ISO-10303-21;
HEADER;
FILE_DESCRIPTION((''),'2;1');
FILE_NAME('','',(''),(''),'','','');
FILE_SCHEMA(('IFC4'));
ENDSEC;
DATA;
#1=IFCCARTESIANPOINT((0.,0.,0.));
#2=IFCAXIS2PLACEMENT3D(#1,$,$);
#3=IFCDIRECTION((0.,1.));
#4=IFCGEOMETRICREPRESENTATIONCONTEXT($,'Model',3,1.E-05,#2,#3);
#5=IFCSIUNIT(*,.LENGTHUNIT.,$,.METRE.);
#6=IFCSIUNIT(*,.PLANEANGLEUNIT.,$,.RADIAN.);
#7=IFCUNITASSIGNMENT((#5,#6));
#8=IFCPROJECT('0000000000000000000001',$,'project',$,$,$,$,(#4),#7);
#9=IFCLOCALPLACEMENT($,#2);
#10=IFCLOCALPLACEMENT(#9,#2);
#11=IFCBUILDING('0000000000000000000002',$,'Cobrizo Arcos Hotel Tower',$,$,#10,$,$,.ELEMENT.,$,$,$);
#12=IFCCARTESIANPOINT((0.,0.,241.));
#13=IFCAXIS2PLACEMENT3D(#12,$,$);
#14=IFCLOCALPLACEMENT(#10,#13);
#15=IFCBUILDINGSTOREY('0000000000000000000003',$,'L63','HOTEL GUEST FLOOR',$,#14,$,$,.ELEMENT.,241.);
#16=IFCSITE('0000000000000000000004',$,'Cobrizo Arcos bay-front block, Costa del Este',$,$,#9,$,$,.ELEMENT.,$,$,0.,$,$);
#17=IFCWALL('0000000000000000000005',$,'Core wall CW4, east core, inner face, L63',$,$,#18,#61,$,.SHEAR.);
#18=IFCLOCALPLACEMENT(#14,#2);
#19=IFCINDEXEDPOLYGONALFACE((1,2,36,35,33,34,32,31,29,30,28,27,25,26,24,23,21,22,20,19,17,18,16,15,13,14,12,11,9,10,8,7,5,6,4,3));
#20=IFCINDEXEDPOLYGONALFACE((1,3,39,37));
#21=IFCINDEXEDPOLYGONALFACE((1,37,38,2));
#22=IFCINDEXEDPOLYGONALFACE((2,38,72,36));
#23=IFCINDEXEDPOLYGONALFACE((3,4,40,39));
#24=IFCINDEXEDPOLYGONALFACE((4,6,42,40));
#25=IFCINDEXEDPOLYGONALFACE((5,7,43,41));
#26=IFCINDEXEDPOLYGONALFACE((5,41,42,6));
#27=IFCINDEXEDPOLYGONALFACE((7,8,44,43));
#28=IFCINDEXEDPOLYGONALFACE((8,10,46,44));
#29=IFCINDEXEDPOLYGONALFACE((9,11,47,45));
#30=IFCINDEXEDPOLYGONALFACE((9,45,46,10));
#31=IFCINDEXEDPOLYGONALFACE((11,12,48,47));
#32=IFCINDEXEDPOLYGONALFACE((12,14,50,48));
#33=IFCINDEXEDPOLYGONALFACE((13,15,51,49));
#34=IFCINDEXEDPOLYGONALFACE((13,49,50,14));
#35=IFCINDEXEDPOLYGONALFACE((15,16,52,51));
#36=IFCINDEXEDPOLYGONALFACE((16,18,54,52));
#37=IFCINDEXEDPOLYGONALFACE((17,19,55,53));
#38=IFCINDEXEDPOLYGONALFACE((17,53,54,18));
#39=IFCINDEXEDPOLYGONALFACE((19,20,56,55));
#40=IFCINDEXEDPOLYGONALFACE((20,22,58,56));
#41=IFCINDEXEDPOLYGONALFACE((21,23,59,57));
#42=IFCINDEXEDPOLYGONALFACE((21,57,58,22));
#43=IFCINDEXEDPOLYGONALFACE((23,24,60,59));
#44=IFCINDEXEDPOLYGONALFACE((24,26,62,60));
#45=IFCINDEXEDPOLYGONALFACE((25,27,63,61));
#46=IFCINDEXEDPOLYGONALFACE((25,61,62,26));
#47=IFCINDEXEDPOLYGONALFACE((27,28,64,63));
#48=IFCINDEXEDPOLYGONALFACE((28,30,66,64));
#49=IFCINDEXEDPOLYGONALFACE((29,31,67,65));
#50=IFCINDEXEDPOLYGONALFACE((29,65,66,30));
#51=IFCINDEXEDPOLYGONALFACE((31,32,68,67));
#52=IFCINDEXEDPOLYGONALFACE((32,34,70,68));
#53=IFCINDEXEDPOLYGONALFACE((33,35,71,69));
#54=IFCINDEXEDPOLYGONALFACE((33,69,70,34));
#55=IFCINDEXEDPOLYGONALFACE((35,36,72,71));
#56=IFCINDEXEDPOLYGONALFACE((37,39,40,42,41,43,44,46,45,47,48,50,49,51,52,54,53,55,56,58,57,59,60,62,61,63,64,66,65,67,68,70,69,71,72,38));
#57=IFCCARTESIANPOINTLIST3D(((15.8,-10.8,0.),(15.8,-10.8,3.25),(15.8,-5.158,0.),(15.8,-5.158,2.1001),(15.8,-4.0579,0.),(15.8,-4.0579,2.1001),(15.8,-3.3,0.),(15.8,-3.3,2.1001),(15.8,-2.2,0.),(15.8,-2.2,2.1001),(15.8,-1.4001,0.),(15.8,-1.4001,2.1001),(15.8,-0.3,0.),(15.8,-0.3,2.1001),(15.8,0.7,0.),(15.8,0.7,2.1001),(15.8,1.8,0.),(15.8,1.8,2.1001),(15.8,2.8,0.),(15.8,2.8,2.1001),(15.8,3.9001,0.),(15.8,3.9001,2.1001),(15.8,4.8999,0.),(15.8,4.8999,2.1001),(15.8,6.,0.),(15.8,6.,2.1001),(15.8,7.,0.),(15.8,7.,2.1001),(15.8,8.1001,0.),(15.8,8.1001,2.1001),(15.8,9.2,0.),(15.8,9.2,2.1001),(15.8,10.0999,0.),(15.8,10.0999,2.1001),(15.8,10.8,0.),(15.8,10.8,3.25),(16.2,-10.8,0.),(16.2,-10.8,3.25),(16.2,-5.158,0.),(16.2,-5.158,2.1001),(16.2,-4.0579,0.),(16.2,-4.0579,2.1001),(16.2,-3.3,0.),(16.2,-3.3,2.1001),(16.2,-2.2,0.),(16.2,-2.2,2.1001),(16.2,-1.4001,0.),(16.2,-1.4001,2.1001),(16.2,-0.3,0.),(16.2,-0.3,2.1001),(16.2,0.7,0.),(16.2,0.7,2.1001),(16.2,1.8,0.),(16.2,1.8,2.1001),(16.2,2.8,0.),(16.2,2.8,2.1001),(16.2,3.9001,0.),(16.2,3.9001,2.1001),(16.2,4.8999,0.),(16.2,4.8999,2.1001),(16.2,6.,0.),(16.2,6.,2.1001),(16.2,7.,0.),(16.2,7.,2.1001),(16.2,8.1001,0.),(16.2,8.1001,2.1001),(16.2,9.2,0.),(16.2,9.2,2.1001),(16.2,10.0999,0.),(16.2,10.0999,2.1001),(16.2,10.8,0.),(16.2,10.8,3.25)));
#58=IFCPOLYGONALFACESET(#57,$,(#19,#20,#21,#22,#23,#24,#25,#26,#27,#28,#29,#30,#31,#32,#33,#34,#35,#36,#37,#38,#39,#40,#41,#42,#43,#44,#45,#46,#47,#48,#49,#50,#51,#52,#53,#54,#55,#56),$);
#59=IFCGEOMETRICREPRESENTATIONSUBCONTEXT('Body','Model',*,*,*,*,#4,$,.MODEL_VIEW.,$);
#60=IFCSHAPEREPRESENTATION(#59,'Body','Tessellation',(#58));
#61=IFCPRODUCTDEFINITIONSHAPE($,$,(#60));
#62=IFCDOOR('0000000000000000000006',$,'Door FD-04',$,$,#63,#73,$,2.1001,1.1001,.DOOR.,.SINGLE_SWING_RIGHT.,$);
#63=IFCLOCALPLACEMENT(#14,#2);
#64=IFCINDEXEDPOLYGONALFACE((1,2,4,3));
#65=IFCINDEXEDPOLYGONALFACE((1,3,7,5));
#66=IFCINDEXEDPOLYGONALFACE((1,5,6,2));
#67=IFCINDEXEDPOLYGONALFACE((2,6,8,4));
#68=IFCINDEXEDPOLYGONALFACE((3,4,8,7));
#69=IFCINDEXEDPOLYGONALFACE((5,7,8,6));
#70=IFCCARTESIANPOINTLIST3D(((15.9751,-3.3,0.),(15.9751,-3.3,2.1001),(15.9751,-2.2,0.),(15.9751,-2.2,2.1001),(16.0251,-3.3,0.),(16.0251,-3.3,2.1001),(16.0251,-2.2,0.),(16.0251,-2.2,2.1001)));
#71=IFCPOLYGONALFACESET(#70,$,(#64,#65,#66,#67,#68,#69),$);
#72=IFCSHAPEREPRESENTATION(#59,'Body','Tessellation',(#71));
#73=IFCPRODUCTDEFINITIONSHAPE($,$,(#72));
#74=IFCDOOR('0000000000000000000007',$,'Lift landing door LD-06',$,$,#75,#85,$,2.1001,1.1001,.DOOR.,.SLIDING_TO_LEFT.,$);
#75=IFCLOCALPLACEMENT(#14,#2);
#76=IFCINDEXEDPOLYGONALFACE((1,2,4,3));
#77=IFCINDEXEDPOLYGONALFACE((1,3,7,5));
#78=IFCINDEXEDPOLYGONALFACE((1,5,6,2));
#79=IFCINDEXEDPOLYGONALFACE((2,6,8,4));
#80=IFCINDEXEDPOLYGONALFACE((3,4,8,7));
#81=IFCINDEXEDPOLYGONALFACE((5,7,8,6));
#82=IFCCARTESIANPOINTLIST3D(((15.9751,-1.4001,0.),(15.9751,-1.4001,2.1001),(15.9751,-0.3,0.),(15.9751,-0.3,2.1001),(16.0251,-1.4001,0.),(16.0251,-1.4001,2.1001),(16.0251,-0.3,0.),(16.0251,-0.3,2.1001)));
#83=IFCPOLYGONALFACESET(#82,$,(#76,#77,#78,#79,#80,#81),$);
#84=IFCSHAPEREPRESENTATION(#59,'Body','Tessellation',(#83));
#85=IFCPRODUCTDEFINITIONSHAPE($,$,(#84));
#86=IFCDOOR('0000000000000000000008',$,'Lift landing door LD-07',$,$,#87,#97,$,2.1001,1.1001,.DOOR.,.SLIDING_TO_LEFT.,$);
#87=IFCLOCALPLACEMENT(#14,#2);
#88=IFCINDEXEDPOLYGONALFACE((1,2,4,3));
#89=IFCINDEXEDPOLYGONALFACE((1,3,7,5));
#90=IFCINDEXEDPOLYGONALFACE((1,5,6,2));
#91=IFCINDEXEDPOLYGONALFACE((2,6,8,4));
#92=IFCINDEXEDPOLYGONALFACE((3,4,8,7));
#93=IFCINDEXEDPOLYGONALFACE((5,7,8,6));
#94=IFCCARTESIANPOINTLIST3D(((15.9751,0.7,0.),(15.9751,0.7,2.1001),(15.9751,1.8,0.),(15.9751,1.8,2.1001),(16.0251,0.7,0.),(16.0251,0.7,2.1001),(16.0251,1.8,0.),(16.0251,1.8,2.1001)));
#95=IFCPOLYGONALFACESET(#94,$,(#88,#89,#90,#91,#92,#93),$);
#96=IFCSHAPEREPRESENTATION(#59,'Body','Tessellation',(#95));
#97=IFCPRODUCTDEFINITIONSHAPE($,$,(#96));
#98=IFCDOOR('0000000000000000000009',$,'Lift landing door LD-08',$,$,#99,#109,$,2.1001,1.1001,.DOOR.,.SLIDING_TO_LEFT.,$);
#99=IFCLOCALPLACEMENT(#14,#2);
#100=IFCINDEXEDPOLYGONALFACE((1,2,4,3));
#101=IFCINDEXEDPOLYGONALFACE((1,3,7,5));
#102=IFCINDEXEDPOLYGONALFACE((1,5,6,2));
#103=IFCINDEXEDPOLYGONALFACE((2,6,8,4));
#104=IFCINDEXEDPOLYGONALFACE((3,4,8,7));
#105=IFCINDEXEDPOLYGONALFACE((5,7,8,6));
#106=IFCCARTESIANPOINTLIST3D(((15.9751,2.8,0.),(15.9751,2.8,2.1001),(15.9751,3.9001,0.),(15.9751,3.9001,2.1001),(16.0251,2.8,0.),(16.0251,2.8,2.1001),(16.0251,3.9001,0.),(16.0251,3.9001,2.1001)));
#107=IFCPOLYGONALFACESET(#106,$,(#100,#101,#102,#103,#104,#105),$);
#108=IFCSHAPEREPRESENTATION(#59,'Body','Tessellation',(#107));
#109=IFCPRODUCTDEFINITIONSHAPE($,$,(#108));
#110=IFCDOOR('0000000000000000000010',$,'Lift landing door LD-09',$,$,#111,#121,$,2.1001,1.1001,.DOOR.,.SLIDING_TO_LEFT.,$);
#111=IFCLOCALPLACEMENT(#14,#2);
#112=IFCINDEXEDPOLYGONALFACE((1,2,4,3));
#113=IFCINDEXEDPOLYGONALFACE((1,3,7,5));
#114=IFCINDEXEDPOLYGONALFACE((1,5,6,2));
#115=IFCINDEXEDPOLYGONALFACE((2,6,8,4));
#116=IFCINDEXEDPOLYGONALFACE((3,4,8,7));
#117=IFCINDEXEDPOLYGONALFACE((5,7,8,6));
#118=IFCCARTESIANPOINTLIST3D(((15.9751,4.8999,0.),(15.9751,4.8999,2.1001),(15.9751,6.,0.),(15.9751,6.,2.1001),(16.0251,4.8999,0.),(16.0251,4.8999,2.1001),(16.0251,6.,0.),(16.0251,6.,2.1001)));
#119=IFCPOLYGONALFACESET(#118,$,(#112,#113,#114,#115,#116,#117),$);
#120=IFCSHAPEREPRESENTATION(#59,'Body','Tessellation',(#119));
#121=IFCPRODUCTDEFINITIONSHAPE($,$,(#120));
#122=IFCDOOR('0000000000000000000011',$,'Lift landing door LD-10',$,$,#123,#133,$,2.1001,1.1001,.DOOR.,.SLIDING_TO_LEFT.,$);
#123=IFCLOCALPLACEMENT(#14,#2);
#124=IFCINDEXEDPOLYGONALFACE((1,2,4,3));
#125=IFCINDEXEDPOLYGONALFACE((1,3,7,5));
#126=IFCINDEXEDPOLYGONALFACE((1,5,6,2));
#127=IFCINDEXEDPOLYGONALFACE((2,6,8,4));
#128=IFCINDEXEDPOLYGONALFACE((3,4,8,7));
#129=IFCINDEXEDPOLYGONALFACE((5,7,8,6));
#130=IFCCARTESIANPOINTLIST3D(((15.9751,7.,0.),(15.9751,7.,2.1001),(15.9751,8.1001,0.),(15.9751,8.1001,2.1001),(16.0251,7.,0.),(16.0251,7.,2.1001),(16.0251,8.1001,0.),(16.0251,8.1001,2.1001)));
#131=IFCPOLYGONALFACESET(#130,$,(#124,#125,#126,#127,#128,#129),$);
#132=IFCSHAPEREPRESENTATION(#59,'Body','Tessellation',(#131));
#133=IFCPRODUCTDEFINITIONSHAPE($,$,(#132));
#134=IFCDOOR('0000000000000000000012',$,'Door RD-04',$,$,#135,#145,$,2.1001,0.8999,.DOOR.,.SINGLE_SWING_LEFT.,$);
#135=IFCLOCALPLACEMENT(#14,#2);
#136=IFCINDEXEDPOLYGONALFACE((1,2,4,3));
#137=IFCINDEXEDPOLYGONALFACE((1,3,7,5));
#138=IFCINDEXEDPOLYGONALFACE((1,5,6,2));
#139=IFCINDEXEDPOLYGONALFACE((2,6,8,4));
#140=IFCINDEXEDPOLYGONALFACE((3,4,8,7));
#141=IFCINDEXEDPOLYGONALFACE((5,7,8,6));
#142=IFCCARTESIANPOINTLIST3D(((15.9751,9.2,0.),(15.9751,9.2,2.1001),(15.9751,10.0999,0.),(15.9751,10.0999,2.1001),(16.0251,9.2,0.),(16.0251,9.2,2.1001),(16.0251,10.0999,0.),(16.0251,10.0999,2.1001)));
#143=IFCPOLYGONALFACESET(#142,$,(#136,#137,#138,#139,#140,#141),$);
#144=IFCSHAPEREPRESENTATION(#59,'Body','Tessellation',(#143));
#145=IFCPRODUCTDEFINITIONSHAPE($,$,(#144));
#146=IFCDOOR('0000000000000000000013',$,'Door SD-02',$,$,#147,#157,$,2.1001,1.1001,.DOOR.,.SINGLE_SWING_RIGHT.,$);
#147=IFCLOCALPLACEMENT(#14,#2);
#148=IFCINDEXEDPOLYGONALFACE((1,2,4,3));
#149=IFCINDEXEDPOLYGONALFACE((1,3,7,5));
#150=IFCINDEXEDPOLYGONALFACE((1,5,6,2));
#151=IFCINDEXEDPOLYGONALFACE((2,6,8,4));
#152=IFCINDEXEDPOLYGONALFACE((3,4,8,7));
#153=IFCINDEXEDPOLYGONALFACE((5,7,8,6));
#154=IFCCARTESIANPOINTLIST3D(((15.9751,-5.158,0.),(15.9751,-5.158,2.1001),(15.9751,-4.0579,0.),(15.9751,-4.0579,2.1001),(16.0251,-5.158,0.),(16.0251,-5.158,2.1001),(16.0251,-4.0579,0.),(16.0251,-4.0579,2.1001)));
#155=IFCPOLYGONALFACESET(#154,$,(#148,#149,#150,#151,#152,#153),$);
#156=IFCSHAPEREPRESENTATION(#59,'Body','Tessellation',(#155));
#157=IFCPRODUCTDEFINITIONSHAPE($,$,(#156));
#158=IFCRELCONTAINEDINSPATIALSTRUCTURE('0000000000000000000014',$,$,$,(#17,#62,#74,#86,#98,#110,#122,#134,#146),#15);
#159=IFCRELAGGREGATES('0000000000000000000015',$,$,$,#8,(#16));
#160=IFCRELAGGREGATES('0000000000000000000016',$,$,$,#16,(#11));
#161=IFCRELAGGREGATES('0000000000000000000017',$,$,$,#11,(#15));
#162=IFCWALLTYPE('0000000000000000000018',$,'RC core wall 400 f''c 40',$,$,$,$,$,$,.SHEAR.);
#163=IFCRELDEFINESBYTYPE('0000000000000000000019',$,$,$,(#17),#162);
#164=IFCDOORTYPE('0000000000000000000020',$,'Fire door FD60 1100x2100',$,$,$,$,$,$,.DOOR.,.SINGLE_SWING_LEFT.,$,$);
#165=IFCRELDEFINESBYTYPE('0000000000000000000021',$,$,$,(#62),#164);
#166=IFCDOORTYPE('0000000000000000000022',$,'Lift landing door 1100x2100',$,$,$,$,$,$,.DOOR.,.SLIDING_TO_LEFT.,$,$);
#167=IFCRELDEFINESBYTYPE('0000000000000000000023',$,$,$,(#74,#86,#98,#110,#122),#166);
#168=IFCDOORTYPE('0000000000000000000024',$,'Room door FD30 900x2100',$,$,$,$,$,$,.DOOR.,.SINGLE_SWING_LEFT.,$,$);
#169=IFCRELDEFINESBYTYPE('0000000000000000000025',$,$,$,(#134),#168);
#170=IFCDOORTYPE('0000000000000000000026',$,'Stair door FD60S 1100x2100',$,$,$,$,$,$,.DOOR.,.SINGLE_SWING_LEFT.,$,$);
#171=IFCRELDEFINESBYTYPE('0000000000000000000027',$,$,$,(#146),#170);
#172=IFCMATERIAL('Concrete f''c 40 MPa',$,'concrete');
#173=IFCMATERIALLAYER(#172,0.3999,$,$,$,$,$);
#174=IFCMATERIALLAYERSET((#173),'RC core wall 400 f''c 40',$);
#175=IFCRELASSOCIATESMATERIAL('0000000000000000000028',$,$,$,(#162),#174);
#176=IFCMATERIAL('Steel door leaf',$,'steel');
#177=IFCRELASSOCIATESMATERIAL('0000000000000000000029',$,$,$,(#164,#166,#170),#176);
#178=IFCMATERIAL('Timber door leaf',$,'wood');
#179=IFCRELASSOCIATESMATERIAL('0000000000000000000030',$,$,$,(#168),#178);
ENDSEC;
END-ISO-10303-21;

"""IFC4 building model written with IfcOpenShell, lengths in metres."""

from ifc_helpers import new_model, si_unit, direction, frame, frame_2d, origin, place, context, subcontext, project, spatial, rectangle, extrude, material, layer, layer_set, type_object, element, fill, save


model = new_model("IFC4")

# Units and contexts
model_context = context("Model", 3, precision=1e-05, world=origin(), true_north=direction((0.0, 1.0)))
body_context = subcontext(model_context, "Body", "Model", "MODEL_VIEW")
ifc_project = project(units=[si_unit("LENGTHUNIT", "METRE"), si_unit("PLANEANGLEUNIT", "RADIAN")], contexts=[model_context])

# Site, building, storey
site_placement = place(None, origin())
site = spatial("IfcSite", under=ifc_project, at=site_placement, Name="Cobrizo Arcos bay-front block, Costa del Este", CompositionType="ELEMENT", RefElevation=0.0)
building_placement = place(site_placement, origin())
building = spatial("IfcBuilding", under=site, at=building_placement, Name="Cobrizo Arcos Hotel Tower", CompositionType="ELEMENT")
storey_placement = place(building_placement, frame((0.0, 0.0, 241.0)))
storey = spatial("IfcBuildingStorey", under=building, at=storey_placement, Name="L63", Description="HOTEL GUEST FLOOR", CompositionType="ELEMENT", Elevation=241.0)

# Wall, openings, doors
ifc_material_1 = material(Name="Concrete f'c 40 MPa", Category="concrete")
ifc_layer_1 = layer(ifc_material_1, 0.3999)
ifc_layer_set_1 = layer_set([ifc_layer_1], Name="RC core wall 400 f'c 40")
wall_type_1 = type_object("IfcWallType", Name="RC core wall 400 f'c 40", PredefinedType="SHEAR", material=ifc_layer_set_1)
wall_1_placement = place(storey_placement, frame((16.0, -10.8, 0.0), z_axis=(0.0, 0.0, 1.0), x_axis=(0.0, 1.0, 0.0)))
wall_1 = element("IfcWall", 1, at=wall_1_placement, inside=storey, type_object=wall_type_1, Name="Core wall CW4, east core, inner face, L63", PredefinedType="SHEAR", context=body_context, shape_type="SweptSolid", body=[
    extrude(rectangle(XDim=21.6001, YDim=0.3999, at=frame_2d((10.8, 0.0))), origin(), (0.0, 0.0, 1.0), 3.25),
])
opening_1_placement = place(wall_1_placement, frame((9.3999, 0.0, 0.0)))
opening_1 = element("IfcOpeningElement", 2, at=opening_1_placement, cuts=wall_1, PredefinedType="OPENING", context=body_context, shape_type="SweptSolid", body=[
    extrude(rectangle(XDim=1.1001, YDim=2.1001, at=frame_2d((0.55, 1.05))), frame((0.0, 0.2119, 0.0), z_axis=(0.0, -1.0, 0.0), x_axis=(1.0, 0.0, 0.0)), (0.0, 0.0, 1.0), 0.4238),
])
opening_2_placement = place(wall_1_placement, frame((11.5, 0.0, 0.0)))
opening_2 = element("IfcOpeningElement", 3, at=opening_2_placement, cuts=wall_1, PredefinedType="OPENING", context=body_context, shape_type="SweptSolid", body=[
    extrude(rectangle(XDim=1.1001, YDim=2.1001, at=frame_2d((0.55, 1.05))), frame((0.0, 0.2119, 0.0), z_axis=(0.0, -1.0, 0.0), x_axis=(1.0, 0.0, 0.0)), (0.0, 0.0, 1.0), 0.4238),
])
opening_3_placement = place(wall_1_placement, frame((13.6001, 0.0, 0.0)))
opening_3 = element("IfcOpeningElement", 4, at=opening_3_placement, cuts=wall_1, PredefinedType="OPENING", context=body_context, shape_type="SweptSolid", body=[
    extrude(rectangle(XDim=1.1001, YDim=2.1001, at=frame_2d((0.55, 1.05))), frame((0.0, 0.2119, 0.0), z_axis=(0.0, -1.0, 0.0), x_axis=(1.0, 0.0, 0.0)), (0.0, 0.0, 1.0), 0.4238),
])
opening_4_placement = place(wall_1_placement, frame((15.7, 0.0, 0.0)))
opening_4 = element("IfcOpeningElement", 5, at=opening_4_placement, cuts=wall_1, PredefinedType="OPENING", context=body_context, shape_type="SweptSolid", body=[
    extrude(rectangle(XDim=1.1001, YDim=2.1001, at=frame_2d((0.55, 1.05))), frame((0.0, 0.2119, 0.0), z_axis=(0.0, -1.0, 0.0), x_axis=(1.0, 0.0, 0.0)), (0.0, 0.0, 1.0), 0.4238),
])
opening_5_placement = place(wall_1_placement, frame((17.8, 0.0, 0.0)))
opening_5 = element("IfcOpeningElement", 6, at=opening_5_placement, cuts=wall_1, PredefinedType="OPENING", context=body_context, shape_type="SweptSolid", body=[
    extrude(rectangle(XDim=1.1001, YDim=2.1001, at=frame_2d((0.55, 1.05))), frame((0.0, 0.2119, 0.0), z_axis=(0.0, -1.0, 0.0), x_axis=(1.0, 0.0, 0.0)), (0.0, 0.0, 1.0), 0.4238),
])
opening_6_placement = place(wall_1_placement, frame((5.6421, 0.0, 0.0)))
opening_6 = element("IfcOpeningElement", 7, at=opening_6_placement, cuts=wall_1, PredefinedType="OPENING", context=body_context, shape_type="SweptSolid", body=[
    extrude(rectangle(XDim=1.1001, YDim=2.1001, at=frame_2d((0.55, 1.05))), frame((0.0, 0.2119, 0.0), z_axis=(0.0, -1.0, 0.0), x_axis=(1.0, 0.0, 0.0)), (0.0, 0.0, 1.0), 0.4238),
])
opening_7_placement = place(wall_1_placement, frame((7.5, 0.0, 0.0)))
opening_7 = element("IfcOpeningElement", 8, at=opening_7_placement, cuts=wall_1, PredefinedType="OPENING", context=body_context, shape_type="SweptSolid", body=[
    extrude(rectangle(XDim=1.1001, YDim=2.1001, at=frame_2d((0.55, 1.05))), frame((0.0, 0.2119, 0.0), z_axis=(0.0, -1.0, 0.0), x_axis=(1.0, 0.0, 0.0)), (0.0, 0.0, 1.0), 0.4238),
])
opening_8_placement = place(wall_1_placement, frame((20.0, 0.0, 0.0)))
opening_8 = element("IfcOpeningElement", 9, at=opening_8_placement, cuts=wall_1, PredefinedType="OPENING", context=body_context, shape_type="SweptSolid", body=[
    extrude(rectangle(XDim=0.8999, YDim=2.1001, at=frame_2d((0.45, 1.05))), frame((0.0, 0.2119, 0.0), z_axis=(0.0, -1.0, 0.0), x_axis=(1.0, 0.0, 0.0)), (0.0, 0.0, 1.0), 0.4238),
])
ifc_material_2 = material(Name="Steel door leaf", Category="steel")
door_type_1 = type_object("IfcDoorType", Name="Fire door FD60 1100x2100", OperationType="SINGLE_SWING_LEFT", PredefinedType="DOOR", material=ifc_material_2)
door_1_placement = place(opening_7_placement, origin())
door_1 = element("IfcDoor", 10, at=door_1_placement, inside=storey, type_object=door_type_1, Name="Door FD-04", OperationType="SINGLE_SWING_RIGHT", OverallHeight=2.1001, OverallWidth=1.1001, PredefinedType="DOOR", context=body_context, shape_type="SweptSolid", body=[
    extrude(rectangle(XDim=1.1001, YDim=2.1001, at=frame_2d((0.55, 1.05))), frame((0.0, 0.0249, 0.0), z_axis=(0.0, -1.0, 0.0), x_axis=(1.0, 0.0, 0.0)), (0.0, 0.0, 1.0), 0.05),
])
fill(opening_7, door_1)
door_type_2 = type_object("IfcDoorType", Name="Lift landing door 1100x2100", OperationType="SLIDING_TO_LEFT", PredefinedType="DOOR", material=ifc_material_2)
door_2_placement = place(opening_1_placement, origin())
door_2 = element("IfcDoor", 11, at=door_2_placement, inside=storey, type_object=door_type_2, Name="Lift landing door LD-06", OperationType="SLIDING_TO_LEFT", OverallHeight=2.1001, OverallWidth=1.1001, PredefinedType="DOOR", context=body_context, shape_type="SweptSolid", body=[
    extrude(rectangle(XDim=1.1001, YDim=2.1001, at=frame_2d((0.55, 1.05))), frame((0.0, 0.0249, 0.0), z_axis=(0.0, -1.0, 0.0), x_axis=(1.0, 0.0, 0.0)), (0.0, 0.0, 1.0), 0.05),
])
fill(opening_1, door_2)
door_3_placement = place(opening_2_placement, origin())
door_3 = element("IfcDoor", 12, at=door_3_placement, inside=storey, type_object=door_type_2, Name="Lift landing door LD-07", OperationType="SLIDING_TO_LEFT", OverallHeight=2.1001, OverallWidth=1.1001, PredefinedType="DOOR", context=body_context, shape_type="SweptSolid", body=[
    extrude(rectangle(XDim=1.1001, YDim=2.1001, at=frame_2d((0.55, 1.05))), frame((0.0, 0.0249, 0.0), z_axis=(0.0, -1.0, 0.0), x_axis=(1.0, 0.0, 0.0)), (0.0, 0.0, 1.0), 0.05),
])
fill(opening_2, door_3)
door_4_placement = place(opening_3_placement, origin())
door_4 = element("IfcDoor", 13, at=door_4_placement, inside=storey, type_object=door_type_2, Name="Lift landing door LD-08", OperationType="SLIDING_TO_LEFT", OverallHeight=2.1001, OverallWidth=1.1001, PredefinedType="DOOR", context=body_context, shape_type="SweptSolid", body=[
    extrude(rectangle(XDim=1.1001, YDim=2.1001, at=frame_2d((0.55, 1.05))), frame((0.0, 0.0249, 0.0), z_axis=(0.0, -1.0, 0.0), x_axis=(1.0, 0.0, 0.0)), (0.0, 0.0, 1.0), 0.05),
])
fill(opening_3, door_4)
door_5_placement = place(opening_4_placement, origin())
door_5 = element("IfcDoor", 14, at=door_5_placement, inside=storey, type_object=door_type_2, Name="Lift landing door LD-09", OperationType="SLIDING_TO_LEFT", OverallHeight=2.1001, OverallWidth=1.1001, PredefinedType="DOOR", context=body_context, shape_type="SweptSolid", body=[
    extrude(rectangle(XDim=1.1001, YDim=2.1001, at=frame_2d((0.55, 1.05))), frame((0.0, 0.0249, 0.0), z_axis=(0.0, -1.0, 0.0), x_axis=(1.0, 0.0, 0.0)), (0.0, 0.0, 1.0), 0.05),
])
fill(opening_4, door_5)
door_6_placement = place(opening_5_placement, origin())
door_6 = element("IfcDoor", 15, at=door_6_placement, inside=storey, type_object=door_type_2, Name="Lift landing door LD-10", OperationType="SLIDING_TO_LEFT", OverallHeight=2.1001, OverallWidth=1.1001, PredefinedType="DOOR", context=body_context, shape_type="SweptSolid", body=[
    extrude(rectangle(XDim=1.1001, YDim=2.1001, at=frame_2d((0.55, 1.05))), frame((0.0, 0.0249, 0.0), z_axis=(0.0, -1.0, 0.0), x_axis=(1.0, 0.0, 0.0)), (0.0, 0.0, 1.0), 0.05),
])
fill(opening_5, door_6)
ifc_material_3 = material(Name="Timber door leaf", Category="wood")
door_type_3 = type_object("IfcDoorType", Name="Room door FD30 900x2100", OperationType="SINGLE_SWING_LEFT", PredefinedType="DOOR", material=ifc_material_3)
door_7_placement = place(opening_8_placement, origin())
door_7 = element("IfcDoor", 16, at=door_7_placement, inside=storey, type_object=door_type_3, Name="Door RD-04", OperationType="SINGLE_SWING_LEFT", OverallHeight=2.1001, OverallWidth=0.8999, PredefinedType="DOOR", context=body_context, shape_type="SweptSolid", body=[
    extrude(rectangle(XDim=0.8999, YDim=2.1001, at=frame_2d((0.45, 1.05))), frame((0.0, 0.0249, 0.0), z_axis=(0.0, -1.0, 0.0), x_axis=(1.0, 0.0, 0.0)), (0.0, 0.0, 1.0), 0.05),
])
fill(opening_8, door_7)
door_type_4 = type_object("IfcDoorType", Name="Stair door FD60S 1100x2100", OperationType="SINGLE_SWING_LEFT", PredefinedType="DOOR", material=ifc_material_2)
door_8_placement = place(opening_6_placement, origin())
door_8 = element("IfcDoor", 17, at=door_8_placement, inside=storey, type_object=door_type_4, Name="Door SD-02", OperationType="SINGLE_SWING_RIGHT", OverallHeight=2.1001, OverallWidth=1.1001, PredefinedType="DOOR", context=body_context, shape_type="SweptSolid", body=[
    extrude(rectangle(XDim=1.1001, YDim=2.1001, at=frame_2d((0.55, 1.05))), frame((0.0, 0.0249, 0.0), z_axis=(0.0, -1.0, 0.0), x_axis=(1.0, 0.0, 0.0)), (0.0, 0.0, 1.0), 0.05),
])
fill(opening_6, door_8)

save(model, "model.ifc")
